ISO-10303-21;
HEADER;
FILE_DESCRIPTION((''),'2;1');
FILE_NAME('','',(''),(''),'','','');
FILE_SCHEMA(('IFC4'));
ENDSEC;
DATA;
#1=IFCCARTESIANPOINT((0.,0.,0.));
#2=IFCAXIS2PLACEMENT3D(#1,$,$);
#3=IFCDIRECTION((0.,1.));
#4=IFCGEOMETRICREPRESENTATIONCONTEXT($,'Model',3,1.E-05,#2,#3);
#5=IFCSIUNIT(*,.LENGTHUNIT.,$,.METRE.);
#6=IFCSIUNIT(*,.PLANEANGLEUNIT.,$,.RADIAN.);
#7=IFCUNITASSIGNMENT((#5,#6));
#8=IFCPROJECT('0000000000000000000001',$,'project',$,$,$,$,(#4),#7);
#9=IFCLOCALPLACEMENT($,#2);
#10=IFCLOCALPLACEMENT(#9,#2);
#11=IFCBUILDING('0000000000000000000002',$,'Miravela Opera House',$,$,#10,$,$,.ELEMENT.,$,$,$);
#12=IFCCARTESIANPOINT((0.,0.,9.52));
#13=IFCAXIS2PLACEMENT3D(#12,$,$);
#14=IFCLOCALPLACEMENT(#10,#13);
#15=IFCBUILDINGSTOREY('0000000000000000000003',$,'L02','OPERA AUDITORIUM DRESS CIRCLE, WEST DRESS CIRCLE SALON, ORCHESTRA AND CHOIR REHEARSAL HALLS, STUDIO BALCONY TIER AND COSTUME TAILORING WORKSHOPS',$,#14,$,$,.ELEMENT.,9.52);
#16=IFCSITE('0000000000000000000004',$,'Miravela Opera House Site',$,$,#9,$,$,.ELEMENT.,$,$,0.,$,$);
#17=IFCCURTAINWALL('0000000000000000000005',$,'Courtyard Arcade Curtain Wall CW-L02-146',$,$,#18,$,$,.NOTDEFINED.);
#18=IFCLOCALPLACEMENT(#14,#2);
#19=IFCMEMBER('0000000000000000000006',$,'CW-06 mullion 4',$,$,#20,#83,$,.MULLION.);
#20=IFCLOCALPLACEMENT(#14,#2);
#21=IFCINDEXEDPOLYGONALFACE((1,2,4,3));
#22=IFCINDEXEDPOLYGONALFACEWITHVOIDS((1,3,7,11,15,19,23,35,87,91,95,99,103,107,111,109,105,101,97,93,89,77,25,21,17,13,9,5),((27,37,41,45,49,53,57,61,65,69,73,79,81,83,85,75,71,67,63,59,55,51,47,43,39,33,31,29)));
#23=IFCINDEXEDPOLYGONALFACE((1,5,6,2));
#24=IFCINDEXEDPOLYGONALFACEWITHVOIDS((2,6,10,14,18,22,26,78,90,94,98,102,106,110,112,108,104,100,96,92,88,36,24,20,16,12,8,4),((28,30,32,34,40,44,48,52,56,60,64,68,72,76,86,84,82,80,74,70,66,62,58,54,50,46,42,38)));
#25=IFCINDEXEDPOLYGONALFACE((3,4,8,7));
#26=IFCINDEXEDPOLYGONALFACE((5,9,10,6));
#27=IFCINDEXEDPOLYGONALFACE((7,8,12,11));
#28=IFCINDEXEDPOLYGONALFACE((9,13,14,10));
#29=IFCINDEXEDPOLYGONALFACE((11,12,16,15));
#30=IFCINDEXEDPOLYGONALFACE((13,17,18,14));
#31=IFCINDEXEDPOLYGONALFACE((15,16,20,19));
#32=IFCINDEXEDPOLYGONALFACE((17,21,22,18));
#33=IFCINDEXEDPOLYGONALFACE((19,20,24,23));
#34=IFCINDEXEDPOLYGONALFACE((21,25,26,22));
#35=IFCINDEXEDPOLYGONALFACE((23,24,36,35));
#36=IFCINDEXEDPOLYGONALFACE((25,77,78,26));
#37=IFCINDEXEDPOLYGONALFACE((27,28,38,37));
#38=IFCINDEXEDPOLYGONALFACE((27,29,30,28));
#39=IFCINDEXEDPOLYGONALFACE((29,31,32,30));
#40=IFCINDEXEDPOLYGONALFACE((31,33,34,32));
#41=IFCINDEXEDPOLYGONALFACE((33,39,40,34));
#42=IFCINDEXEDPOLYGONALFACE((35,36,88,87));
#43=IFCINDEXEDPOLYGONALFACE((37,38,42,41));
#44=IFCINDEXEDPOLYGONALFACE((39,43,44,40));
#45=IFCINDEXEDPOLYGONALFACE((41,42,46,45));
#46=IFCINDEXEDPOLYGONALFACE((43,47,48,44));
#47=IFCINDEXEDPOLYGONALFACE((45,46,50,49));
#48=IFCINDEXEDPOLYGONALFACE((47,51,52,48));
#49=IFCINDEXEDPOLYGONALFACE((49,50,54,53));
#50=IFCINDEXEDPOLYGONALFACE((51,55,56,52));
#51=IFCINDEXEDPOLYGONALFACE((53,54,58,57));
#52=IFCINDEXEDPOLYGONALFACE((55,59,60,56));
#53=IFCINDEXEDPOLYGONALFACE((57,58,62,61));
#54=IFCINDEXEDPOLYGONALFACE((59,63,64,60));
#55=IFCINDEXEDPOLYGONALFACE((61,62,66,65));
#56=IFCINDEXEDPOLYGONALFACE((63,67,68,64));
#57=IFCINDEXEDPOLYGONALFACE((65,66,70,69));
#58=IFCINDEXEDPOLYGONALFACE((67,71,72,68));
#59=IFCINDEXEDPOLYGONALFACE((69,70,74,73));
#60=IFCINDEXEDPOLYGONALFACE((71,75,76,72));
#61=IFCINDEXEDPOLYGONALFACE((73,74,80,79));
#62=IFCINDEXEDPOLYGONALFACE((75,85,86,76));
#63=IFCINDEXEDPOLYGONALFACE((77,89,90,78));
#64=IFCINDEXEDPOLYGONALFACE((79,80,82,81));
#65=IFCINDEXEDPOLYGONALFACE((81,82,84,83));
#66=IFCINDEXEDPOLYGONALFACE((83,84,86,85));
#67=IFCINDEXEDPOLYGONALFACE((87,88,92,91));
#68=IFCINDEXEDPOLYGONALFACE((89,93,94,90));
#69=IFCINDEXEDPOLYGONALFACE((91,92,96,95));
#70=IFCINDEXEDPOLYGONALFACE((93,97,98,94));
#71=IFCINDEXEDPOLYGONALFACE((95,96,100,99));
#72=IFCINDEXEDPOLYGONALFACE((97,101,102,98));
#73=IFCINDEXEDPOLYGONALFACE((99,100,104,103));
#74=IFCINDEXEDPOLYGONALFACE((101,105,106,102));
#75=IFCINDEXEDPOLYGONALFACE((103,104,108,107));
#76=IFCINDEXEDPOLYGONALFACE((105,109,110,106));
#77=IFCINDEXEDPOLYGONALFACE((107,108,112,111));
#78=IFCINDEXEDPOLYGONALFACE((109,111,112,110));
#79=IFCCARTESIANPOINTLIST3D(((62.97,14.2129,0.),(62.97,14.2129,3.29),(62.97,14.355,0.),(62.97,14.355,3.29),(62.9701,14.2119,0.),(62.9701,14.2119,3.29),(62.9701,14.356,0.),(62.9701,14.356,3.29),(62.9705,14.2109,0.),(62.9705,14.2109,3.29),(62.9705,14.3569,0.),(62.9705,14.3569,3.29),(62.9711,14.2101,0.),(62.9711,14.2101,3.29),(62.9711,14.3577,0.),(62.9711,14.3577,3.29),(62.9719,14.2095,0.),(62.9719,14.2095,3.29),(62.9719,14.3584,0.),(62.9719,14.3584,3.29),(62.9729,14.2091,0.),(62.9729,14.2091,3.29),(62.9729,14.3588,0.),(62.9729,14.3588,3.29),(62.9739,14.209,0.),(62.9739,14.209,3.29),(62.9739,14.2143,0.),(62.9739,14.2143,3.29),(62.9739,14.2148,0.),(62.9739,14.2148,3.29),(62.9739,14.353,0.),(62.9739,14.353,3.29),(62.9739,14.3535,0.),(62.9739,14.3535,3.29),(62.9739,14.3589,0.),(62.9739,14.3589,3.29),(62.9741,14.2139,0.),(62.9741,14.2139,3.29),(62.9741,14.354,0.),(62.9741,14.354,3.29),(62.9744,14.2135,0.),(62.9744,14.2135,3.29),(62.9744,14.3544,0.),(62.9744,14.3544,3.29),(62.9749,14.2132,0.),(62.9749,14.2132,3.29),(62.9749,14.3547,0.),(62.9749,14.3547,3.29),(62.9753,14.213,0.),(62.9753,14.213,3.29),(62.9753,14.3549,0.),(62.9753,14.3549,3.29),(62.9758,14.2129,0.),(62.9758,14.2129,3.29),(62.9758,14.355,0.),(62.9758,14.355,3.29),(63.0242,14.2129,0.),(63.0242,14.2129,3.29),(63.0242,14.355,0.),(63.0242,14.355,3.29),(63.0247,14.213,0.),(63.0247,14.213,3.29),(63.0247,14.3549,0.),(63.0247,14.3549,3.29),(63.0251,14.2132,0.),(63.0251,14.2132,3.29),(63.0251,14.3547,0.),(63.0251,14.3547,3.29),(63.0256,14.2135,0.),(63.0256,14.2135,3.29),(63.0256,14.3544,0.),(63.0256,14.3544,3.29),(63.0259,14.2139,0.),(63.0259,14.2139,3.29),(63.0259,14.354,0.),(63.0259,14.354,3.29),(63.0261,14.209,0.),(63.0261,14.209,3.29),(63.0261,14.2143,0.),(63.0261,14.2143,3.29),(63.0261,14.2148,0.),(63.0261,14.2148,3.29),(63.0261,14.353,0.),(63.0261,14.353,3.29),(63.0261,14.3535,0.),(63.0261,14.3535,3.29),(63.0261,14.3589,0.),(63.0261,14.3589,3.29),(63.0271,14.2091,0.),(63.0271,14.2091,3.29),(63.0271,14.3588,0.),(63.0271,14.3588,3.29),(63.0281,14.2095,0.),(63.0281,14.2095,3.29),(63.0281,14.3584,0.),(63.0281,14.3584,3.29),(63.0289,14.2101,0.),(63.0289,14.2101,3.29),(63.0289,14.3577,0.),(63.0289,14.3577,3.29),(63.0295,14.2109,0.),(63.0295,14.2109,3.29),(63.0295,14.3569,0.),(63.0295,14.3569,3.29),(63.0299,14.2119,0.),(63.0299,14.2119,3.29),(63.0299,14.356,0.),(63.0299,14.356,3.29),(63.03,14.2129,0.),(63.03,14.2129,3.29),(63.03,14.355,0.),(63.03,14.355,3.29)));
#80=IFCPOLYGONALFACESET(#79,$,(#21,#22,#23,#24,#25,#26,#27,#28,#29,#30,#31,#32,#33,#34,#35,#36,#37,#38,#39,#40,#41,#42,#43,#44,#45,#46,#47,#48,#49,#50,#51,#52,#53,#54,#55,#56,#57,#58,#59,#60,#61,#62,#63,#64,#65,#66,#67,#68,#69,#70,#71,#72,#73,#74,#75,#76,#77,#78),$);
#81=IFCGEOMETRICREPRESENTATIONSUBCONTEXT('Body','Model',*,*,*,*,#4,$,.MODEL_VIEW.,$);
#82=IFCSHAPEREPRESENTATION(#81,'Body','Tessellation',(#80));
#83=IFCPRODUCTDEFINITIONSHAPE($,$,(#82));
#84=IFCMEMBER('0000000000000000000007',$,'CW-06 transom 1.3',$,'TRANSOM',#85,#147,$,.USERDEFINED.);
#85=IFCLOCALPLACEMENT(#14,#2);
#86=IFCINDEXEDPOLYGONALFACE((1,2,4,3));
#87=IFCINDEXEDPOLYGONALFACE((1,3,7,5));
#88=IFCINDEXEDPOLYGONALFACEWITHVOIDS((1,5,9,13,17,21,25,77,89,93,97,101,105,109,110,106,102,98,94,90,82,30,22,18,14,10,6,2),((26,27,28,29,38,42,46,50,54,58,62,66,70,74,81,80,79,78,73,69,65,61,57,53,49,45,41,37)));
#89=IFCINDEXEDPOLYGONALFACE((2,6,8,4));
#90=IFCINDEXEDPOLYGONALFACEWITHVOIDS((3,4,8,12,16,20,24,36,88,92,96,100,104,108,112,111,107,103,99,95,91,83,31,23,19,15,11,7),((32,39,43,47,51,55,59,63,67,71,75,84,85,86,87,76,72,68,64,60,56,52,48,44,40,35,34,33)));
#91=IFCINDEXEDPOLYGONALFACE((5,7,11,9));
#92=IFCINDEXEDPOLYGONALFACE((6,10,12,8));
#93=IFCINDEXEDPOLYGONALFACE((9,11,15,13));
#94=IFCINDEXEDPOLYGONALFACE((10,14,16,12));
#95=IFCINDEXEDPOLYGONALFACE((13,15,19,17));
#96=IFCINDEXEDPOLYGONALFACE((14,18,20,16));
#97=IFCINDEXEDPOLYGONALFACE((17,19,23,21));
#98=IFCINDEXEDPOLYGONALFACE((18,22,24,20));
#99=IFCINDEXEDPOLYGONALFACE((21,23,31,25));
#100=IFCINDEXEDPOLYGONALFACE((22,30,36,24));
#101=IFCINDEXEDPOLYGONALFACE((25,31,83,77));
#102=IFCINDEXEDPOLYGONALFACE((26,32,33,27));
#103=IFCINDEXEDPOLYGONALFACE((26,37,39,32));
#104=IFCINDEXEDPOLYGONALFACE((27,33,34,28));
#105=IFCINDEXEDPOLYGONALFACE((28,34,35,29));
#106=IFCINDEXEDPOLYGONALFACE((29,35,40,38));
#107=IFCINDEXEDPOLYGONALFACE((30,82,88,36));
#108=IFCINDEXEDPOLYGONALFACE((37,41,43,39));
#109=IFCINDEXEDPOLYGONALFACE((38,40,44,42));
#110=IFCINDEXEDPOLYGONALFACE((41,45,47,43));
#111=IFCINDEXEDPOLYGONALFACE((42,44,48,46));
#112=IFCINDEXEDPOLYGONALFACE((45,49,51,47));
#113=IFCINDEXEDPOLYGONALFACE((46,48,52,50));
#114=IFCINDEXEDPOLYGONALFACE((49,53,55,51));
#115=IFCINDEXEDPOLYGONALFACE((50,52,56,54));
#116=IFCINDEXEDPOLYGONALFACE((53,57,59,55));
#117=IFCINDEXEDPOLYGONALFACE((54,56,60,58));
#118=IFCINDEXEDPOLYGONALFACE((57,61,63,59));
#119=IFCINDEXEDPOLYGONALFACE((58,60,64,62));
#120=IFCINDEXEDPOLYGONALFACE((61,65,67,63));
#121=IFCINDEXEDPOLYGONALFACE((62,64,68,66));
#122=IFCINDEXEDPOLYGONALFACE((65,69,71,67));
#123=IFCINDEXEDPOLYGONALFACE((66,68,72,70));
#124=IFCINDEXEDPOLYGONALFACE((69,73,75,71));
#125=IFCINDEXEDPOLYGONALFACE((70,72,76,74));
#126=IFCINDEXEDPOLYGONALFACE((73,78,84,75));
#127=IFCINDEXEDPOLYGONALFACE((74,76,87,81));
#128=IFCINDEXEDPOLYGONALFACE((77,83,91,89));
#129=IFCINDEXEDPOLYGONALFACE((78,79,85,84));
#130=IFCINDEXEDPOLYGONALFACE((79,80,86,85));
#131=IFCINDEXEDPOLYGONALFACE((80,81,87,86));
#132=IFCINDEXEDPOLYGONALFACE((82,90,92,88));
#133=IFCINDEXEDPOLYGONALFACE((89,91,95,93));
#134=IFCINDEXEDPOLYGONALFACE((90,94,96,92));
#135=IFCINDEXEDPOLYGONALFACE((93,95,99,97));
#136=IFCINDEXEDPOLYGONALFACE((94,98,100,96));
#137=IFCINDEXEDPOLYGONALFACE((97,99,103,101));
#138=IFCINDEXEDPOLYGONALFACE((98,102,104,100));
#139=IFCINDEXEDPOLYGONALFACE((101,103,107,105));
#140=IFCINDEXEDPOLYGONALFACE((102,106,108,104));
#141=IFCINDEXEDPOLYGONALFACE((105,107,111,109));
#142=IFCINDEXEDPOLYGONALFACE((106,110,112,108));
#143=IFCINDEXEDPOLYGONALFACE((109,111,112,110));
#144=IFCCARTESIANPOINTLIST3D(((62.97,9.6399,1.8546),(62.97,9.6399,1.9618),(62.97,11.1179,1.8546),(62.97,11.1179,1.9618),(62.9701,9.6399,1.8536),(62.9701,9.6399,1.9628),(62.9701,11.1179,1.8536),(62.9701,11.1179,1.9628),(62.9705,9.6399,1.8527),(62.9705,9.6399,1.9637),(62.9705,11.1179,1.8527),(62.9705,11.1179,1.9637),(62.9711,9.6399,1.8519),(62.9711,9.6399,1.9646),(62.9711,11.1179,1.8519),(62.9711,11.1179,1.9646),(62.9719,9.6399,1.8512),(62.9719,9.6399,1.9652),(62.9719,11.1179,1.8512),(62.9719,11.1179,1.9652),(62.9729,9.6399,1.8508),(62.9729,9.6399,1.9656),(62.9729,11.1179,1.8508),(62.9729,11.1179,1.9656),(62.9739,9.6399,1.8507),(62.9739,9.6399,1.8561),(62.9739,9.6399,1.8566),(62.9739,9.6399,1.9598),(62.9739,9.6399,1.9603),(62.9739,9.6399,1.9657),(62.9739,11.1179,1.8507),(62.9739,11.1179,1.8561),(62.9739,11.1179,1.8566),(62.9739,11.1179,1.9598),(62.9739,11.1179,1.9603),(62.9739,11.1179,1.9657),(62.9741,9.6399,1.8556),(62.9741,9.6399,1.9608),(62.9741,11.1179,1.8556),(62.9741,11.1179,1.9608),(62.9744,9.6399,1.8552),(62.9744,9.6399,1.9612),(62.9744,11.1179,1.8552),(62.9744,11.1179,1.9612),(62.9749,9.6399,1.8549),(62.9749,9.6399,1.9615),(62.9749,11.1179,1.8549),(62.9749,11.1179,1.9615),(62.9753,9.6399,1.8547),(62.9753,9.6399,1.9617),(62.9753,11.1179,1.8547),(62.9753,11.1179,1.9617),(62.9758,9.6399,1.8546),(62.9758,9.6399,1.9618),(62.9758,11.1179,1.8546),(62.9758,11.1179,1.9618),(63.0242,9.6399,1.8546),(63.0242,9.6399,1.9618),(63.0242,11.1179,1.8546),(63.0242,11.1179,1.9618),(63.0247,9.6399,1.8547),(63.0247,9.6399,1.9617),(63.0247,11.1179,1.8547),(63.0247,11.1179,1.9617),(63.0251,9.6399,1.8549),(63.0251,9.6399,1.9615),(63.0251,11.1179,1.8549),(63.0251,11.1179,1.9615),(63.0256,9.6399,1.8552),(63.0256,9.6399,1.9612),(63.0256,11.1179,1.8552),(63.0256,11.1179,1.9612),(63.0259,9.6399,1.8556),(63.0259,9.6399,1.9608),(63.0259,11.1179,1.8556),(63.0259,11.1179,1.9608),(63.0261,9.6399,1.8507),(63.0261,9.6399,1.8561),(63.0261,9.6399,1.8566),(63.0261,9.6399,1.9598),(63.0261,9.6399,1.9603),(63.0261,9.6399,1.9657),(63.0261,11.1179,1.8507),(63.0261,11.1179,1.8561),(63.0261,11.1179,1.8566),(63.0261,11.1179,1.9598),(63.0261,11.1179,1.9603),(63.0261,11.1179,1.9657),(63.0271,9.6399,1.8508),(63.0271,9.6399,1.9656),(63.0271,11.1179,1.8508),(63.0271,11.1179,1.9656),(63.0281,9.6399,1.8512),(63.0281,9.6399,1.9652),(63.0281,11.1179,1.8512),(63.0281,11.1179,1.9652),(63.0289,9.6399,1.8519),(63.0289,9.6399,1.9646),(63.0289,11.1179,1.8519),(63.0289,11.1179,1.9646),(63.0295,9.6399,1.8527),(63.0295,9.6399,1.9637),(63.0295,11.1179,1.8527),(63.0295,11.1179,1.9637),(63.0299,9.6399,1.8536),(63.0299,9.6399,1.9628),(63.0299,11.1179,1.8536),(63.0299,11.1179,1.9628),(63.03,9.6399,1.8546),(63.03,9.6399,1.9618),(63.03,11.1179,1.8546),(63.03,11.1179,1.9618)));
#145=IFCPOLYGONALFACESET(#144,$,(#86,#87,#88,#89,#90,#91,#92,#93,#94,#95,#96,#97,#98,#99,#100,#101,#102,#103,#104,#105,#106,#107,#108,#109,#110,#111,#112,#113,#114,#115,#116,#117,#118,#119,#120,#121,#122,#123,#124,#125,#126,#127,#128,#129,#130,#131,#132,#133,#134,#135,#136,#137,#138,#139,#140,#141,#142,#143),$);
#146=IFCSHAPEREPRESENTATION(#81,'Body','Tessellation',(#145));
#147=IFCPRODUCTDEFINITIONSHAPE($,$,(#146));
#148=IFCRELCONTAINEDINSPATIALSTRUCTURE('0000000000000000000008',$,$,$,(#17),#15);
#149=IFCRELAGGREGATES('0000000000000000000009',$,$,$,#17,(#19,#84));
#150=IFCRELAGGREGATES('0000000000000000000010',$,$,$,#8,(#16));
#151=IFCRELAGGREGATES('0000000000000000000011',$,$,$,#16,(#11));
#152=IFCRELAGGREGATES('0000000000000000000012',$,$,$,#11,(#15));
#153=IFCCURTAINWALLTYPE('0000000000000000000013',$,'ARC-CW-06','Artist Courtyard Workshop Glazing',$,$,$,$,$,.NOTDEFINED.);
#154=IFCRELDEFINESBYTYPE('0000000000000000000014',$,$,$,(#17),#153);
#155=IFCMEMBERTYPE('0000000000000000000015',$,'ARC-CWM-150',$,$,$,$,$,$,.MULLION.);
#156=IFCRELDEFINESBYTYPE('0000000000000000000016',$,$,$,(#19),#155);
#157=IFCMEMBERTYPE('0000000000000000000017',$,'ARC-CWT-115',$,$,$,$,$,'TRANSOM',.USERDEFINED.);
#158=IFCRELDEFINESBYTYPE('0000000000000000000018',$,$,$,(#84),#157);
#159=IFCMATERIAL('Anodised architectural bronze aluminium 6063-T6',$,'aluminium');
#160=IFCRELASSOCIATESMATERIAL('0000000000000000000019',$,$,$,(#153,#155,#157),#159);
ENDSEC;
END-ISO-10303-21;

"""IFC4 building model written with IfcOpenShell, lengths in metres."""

from ifc_helpers import new_model, si_unit, direction, frame, origin, origin_2d, place, context, subcontext, project, spatial, hollow_rectangle, extrude, material, material_profile, profile_set, type_object, element, aggregate, save


model = new_model("IFC4")

# Units and contexts
model_context = context("Model", 3, precision=1e-05, world=origin(), true_north=direction((0.0, 1.0)))
body_context = subcontext(model_context, "Body", "Model", "MODEL_VIEW")
ifc_project = project(units=[si_unit("LENGTHUNIT", "METRE"), si_unit("PLANEANGLEUNIT", "RADIAN")], contexts=[model_context])

# Site, building, storey
site_placement = place(None, origin())
site = spatial("IfcSite", under=ifc_project, at=site_placement, Name="Miravela Opera House Site", CompositionType="ELEMENT", RefElevation=0.0)
building_placement = place(site_placement, origin())
building = spatial("IfcBuilding", under=site, at=building_placement, Name="Miravela Opera House", CompositionType="ELEMENT")
storey_placement = place(building_placement, frame((0.0, 0.0, 9.52)))
storey = spatial("IfcBuildingStorey", under=building, at=storey_placement, Name="L02", Description="OPERA AUDITORIUM DRESS CIRCLE, WEST DRESS CIRCLE SALON, ORCHESTRA AND CHOIR REHEARSAL HALLS, STUDIO BALCONY TIER AND COSTUME TAILORING WORKSHOPS", CompositionType="ELEMENT", Elevation=9.52)

# Curtain wall, members
ifc_material_1 = material(Name="Anodised architectural bronze aluminium 6063-T6", Category="aluminium")
curtain_wall_type = type_object("IfcCurtainWallType", Name="ARC-CW-06", Description="Artist Courtyard Workshop Glazing", PredefinedType="NOTDEFINED", material=ifc_material_1)
curtain_wall_placement = place(storey_placement, origin())
curtain_wall = element("IfcCurtainWall", 1, at=curtain_wall_placement, inside=storey, type_object=curtain_wall_type, Name="Courtyard Arcade Curtain Wall CW-L02-146", PredefinedType="NOTDEFINED")
ifc_material_profile_1 = material_profile(ifc_material_1, hollow_rectangle(XDim=0.0601, YDim=0.1499, WallThickness=0.0039, InnerFilletRadius=0.002, OuterFilletRadius=0.0039, at=origin_2d()), Name="CWM-60X150")
ifc_profile_set_1 = profile_set([ifc_material_profile_1])
member_type_1 = type_object("IfcMemberType", Name="ARC-CWM-150", PredefinedType="MULLION", material=ifc_profile_set_1)
member_1_placement = place(storey_placement, frame((63.0, 14.2839, 0.0), z_axis=(0.0, 0.0, 1.0), x_axis=(-1.0, 0.0, 0.0)))
member_1 = element("IfcMember", 2, at=member_1_placement, type_object=member_type_1, Name="CW-06 mullion 4", PredefinedType="MULLION", context=body_context, shape_type="SweptSolid", body=[
    extrude(hollow_rectangle(XDim=0.0601, YDim=0.1499, WallThickness=0.0039, InnerFilletRadius=0.002, OuterFilletRadius=0.0039, at=origin_2d()), origin(), (0.0, 0.0, 1.0), 3.29),
])
ifc_material_profile_2 = material_profile(ifc_material_1, hollow_rectangle(XDim=0.0601, YDim=0.115, WallThickness=0.0039, InnerFilletRadius=0.002, OuterFilletRadius=0.0039, at=origin_2d()), Name="CWT-60X115")
ifc_profile_set_2 = profile_set([ifc_material_profile_2])
member_type_2 = type_object("IfcMemberType", Name="ARC-CWT-115", ElementType="TRANSOM", PredefinedType="USERDEFINED", material=ifc_profile_set_2)
member_2_placement = place(storey_placement, frame((63.0, 9.6399, 1.9082), z_axis=(0.0, 1.0, 0.0), x_axis=(-1.0, 0.0, 0.0)))
member_2 = element("IfcMember", 3, at=member_2_placement, type_object=member_type_2, Name="CW-06 transom 1.3", ObjectType="TRANSOM", PredefinedType="USERDEFINED", context=body_context, shape_type="SweptSolid", body=[
    extrude(hollow_rectangle(XDim=0.0601, YDim=0.115, WallThickness=0.0039, InnerFilletRadius=0.002, OuterFilletRadius=0.0039, at=origin_2d()), origin(), (0.0, 0.0, 1.0), 1.478),
])

aggregate(curtain_wall, [member_1, member_2])

save(model, "model.ifc")
